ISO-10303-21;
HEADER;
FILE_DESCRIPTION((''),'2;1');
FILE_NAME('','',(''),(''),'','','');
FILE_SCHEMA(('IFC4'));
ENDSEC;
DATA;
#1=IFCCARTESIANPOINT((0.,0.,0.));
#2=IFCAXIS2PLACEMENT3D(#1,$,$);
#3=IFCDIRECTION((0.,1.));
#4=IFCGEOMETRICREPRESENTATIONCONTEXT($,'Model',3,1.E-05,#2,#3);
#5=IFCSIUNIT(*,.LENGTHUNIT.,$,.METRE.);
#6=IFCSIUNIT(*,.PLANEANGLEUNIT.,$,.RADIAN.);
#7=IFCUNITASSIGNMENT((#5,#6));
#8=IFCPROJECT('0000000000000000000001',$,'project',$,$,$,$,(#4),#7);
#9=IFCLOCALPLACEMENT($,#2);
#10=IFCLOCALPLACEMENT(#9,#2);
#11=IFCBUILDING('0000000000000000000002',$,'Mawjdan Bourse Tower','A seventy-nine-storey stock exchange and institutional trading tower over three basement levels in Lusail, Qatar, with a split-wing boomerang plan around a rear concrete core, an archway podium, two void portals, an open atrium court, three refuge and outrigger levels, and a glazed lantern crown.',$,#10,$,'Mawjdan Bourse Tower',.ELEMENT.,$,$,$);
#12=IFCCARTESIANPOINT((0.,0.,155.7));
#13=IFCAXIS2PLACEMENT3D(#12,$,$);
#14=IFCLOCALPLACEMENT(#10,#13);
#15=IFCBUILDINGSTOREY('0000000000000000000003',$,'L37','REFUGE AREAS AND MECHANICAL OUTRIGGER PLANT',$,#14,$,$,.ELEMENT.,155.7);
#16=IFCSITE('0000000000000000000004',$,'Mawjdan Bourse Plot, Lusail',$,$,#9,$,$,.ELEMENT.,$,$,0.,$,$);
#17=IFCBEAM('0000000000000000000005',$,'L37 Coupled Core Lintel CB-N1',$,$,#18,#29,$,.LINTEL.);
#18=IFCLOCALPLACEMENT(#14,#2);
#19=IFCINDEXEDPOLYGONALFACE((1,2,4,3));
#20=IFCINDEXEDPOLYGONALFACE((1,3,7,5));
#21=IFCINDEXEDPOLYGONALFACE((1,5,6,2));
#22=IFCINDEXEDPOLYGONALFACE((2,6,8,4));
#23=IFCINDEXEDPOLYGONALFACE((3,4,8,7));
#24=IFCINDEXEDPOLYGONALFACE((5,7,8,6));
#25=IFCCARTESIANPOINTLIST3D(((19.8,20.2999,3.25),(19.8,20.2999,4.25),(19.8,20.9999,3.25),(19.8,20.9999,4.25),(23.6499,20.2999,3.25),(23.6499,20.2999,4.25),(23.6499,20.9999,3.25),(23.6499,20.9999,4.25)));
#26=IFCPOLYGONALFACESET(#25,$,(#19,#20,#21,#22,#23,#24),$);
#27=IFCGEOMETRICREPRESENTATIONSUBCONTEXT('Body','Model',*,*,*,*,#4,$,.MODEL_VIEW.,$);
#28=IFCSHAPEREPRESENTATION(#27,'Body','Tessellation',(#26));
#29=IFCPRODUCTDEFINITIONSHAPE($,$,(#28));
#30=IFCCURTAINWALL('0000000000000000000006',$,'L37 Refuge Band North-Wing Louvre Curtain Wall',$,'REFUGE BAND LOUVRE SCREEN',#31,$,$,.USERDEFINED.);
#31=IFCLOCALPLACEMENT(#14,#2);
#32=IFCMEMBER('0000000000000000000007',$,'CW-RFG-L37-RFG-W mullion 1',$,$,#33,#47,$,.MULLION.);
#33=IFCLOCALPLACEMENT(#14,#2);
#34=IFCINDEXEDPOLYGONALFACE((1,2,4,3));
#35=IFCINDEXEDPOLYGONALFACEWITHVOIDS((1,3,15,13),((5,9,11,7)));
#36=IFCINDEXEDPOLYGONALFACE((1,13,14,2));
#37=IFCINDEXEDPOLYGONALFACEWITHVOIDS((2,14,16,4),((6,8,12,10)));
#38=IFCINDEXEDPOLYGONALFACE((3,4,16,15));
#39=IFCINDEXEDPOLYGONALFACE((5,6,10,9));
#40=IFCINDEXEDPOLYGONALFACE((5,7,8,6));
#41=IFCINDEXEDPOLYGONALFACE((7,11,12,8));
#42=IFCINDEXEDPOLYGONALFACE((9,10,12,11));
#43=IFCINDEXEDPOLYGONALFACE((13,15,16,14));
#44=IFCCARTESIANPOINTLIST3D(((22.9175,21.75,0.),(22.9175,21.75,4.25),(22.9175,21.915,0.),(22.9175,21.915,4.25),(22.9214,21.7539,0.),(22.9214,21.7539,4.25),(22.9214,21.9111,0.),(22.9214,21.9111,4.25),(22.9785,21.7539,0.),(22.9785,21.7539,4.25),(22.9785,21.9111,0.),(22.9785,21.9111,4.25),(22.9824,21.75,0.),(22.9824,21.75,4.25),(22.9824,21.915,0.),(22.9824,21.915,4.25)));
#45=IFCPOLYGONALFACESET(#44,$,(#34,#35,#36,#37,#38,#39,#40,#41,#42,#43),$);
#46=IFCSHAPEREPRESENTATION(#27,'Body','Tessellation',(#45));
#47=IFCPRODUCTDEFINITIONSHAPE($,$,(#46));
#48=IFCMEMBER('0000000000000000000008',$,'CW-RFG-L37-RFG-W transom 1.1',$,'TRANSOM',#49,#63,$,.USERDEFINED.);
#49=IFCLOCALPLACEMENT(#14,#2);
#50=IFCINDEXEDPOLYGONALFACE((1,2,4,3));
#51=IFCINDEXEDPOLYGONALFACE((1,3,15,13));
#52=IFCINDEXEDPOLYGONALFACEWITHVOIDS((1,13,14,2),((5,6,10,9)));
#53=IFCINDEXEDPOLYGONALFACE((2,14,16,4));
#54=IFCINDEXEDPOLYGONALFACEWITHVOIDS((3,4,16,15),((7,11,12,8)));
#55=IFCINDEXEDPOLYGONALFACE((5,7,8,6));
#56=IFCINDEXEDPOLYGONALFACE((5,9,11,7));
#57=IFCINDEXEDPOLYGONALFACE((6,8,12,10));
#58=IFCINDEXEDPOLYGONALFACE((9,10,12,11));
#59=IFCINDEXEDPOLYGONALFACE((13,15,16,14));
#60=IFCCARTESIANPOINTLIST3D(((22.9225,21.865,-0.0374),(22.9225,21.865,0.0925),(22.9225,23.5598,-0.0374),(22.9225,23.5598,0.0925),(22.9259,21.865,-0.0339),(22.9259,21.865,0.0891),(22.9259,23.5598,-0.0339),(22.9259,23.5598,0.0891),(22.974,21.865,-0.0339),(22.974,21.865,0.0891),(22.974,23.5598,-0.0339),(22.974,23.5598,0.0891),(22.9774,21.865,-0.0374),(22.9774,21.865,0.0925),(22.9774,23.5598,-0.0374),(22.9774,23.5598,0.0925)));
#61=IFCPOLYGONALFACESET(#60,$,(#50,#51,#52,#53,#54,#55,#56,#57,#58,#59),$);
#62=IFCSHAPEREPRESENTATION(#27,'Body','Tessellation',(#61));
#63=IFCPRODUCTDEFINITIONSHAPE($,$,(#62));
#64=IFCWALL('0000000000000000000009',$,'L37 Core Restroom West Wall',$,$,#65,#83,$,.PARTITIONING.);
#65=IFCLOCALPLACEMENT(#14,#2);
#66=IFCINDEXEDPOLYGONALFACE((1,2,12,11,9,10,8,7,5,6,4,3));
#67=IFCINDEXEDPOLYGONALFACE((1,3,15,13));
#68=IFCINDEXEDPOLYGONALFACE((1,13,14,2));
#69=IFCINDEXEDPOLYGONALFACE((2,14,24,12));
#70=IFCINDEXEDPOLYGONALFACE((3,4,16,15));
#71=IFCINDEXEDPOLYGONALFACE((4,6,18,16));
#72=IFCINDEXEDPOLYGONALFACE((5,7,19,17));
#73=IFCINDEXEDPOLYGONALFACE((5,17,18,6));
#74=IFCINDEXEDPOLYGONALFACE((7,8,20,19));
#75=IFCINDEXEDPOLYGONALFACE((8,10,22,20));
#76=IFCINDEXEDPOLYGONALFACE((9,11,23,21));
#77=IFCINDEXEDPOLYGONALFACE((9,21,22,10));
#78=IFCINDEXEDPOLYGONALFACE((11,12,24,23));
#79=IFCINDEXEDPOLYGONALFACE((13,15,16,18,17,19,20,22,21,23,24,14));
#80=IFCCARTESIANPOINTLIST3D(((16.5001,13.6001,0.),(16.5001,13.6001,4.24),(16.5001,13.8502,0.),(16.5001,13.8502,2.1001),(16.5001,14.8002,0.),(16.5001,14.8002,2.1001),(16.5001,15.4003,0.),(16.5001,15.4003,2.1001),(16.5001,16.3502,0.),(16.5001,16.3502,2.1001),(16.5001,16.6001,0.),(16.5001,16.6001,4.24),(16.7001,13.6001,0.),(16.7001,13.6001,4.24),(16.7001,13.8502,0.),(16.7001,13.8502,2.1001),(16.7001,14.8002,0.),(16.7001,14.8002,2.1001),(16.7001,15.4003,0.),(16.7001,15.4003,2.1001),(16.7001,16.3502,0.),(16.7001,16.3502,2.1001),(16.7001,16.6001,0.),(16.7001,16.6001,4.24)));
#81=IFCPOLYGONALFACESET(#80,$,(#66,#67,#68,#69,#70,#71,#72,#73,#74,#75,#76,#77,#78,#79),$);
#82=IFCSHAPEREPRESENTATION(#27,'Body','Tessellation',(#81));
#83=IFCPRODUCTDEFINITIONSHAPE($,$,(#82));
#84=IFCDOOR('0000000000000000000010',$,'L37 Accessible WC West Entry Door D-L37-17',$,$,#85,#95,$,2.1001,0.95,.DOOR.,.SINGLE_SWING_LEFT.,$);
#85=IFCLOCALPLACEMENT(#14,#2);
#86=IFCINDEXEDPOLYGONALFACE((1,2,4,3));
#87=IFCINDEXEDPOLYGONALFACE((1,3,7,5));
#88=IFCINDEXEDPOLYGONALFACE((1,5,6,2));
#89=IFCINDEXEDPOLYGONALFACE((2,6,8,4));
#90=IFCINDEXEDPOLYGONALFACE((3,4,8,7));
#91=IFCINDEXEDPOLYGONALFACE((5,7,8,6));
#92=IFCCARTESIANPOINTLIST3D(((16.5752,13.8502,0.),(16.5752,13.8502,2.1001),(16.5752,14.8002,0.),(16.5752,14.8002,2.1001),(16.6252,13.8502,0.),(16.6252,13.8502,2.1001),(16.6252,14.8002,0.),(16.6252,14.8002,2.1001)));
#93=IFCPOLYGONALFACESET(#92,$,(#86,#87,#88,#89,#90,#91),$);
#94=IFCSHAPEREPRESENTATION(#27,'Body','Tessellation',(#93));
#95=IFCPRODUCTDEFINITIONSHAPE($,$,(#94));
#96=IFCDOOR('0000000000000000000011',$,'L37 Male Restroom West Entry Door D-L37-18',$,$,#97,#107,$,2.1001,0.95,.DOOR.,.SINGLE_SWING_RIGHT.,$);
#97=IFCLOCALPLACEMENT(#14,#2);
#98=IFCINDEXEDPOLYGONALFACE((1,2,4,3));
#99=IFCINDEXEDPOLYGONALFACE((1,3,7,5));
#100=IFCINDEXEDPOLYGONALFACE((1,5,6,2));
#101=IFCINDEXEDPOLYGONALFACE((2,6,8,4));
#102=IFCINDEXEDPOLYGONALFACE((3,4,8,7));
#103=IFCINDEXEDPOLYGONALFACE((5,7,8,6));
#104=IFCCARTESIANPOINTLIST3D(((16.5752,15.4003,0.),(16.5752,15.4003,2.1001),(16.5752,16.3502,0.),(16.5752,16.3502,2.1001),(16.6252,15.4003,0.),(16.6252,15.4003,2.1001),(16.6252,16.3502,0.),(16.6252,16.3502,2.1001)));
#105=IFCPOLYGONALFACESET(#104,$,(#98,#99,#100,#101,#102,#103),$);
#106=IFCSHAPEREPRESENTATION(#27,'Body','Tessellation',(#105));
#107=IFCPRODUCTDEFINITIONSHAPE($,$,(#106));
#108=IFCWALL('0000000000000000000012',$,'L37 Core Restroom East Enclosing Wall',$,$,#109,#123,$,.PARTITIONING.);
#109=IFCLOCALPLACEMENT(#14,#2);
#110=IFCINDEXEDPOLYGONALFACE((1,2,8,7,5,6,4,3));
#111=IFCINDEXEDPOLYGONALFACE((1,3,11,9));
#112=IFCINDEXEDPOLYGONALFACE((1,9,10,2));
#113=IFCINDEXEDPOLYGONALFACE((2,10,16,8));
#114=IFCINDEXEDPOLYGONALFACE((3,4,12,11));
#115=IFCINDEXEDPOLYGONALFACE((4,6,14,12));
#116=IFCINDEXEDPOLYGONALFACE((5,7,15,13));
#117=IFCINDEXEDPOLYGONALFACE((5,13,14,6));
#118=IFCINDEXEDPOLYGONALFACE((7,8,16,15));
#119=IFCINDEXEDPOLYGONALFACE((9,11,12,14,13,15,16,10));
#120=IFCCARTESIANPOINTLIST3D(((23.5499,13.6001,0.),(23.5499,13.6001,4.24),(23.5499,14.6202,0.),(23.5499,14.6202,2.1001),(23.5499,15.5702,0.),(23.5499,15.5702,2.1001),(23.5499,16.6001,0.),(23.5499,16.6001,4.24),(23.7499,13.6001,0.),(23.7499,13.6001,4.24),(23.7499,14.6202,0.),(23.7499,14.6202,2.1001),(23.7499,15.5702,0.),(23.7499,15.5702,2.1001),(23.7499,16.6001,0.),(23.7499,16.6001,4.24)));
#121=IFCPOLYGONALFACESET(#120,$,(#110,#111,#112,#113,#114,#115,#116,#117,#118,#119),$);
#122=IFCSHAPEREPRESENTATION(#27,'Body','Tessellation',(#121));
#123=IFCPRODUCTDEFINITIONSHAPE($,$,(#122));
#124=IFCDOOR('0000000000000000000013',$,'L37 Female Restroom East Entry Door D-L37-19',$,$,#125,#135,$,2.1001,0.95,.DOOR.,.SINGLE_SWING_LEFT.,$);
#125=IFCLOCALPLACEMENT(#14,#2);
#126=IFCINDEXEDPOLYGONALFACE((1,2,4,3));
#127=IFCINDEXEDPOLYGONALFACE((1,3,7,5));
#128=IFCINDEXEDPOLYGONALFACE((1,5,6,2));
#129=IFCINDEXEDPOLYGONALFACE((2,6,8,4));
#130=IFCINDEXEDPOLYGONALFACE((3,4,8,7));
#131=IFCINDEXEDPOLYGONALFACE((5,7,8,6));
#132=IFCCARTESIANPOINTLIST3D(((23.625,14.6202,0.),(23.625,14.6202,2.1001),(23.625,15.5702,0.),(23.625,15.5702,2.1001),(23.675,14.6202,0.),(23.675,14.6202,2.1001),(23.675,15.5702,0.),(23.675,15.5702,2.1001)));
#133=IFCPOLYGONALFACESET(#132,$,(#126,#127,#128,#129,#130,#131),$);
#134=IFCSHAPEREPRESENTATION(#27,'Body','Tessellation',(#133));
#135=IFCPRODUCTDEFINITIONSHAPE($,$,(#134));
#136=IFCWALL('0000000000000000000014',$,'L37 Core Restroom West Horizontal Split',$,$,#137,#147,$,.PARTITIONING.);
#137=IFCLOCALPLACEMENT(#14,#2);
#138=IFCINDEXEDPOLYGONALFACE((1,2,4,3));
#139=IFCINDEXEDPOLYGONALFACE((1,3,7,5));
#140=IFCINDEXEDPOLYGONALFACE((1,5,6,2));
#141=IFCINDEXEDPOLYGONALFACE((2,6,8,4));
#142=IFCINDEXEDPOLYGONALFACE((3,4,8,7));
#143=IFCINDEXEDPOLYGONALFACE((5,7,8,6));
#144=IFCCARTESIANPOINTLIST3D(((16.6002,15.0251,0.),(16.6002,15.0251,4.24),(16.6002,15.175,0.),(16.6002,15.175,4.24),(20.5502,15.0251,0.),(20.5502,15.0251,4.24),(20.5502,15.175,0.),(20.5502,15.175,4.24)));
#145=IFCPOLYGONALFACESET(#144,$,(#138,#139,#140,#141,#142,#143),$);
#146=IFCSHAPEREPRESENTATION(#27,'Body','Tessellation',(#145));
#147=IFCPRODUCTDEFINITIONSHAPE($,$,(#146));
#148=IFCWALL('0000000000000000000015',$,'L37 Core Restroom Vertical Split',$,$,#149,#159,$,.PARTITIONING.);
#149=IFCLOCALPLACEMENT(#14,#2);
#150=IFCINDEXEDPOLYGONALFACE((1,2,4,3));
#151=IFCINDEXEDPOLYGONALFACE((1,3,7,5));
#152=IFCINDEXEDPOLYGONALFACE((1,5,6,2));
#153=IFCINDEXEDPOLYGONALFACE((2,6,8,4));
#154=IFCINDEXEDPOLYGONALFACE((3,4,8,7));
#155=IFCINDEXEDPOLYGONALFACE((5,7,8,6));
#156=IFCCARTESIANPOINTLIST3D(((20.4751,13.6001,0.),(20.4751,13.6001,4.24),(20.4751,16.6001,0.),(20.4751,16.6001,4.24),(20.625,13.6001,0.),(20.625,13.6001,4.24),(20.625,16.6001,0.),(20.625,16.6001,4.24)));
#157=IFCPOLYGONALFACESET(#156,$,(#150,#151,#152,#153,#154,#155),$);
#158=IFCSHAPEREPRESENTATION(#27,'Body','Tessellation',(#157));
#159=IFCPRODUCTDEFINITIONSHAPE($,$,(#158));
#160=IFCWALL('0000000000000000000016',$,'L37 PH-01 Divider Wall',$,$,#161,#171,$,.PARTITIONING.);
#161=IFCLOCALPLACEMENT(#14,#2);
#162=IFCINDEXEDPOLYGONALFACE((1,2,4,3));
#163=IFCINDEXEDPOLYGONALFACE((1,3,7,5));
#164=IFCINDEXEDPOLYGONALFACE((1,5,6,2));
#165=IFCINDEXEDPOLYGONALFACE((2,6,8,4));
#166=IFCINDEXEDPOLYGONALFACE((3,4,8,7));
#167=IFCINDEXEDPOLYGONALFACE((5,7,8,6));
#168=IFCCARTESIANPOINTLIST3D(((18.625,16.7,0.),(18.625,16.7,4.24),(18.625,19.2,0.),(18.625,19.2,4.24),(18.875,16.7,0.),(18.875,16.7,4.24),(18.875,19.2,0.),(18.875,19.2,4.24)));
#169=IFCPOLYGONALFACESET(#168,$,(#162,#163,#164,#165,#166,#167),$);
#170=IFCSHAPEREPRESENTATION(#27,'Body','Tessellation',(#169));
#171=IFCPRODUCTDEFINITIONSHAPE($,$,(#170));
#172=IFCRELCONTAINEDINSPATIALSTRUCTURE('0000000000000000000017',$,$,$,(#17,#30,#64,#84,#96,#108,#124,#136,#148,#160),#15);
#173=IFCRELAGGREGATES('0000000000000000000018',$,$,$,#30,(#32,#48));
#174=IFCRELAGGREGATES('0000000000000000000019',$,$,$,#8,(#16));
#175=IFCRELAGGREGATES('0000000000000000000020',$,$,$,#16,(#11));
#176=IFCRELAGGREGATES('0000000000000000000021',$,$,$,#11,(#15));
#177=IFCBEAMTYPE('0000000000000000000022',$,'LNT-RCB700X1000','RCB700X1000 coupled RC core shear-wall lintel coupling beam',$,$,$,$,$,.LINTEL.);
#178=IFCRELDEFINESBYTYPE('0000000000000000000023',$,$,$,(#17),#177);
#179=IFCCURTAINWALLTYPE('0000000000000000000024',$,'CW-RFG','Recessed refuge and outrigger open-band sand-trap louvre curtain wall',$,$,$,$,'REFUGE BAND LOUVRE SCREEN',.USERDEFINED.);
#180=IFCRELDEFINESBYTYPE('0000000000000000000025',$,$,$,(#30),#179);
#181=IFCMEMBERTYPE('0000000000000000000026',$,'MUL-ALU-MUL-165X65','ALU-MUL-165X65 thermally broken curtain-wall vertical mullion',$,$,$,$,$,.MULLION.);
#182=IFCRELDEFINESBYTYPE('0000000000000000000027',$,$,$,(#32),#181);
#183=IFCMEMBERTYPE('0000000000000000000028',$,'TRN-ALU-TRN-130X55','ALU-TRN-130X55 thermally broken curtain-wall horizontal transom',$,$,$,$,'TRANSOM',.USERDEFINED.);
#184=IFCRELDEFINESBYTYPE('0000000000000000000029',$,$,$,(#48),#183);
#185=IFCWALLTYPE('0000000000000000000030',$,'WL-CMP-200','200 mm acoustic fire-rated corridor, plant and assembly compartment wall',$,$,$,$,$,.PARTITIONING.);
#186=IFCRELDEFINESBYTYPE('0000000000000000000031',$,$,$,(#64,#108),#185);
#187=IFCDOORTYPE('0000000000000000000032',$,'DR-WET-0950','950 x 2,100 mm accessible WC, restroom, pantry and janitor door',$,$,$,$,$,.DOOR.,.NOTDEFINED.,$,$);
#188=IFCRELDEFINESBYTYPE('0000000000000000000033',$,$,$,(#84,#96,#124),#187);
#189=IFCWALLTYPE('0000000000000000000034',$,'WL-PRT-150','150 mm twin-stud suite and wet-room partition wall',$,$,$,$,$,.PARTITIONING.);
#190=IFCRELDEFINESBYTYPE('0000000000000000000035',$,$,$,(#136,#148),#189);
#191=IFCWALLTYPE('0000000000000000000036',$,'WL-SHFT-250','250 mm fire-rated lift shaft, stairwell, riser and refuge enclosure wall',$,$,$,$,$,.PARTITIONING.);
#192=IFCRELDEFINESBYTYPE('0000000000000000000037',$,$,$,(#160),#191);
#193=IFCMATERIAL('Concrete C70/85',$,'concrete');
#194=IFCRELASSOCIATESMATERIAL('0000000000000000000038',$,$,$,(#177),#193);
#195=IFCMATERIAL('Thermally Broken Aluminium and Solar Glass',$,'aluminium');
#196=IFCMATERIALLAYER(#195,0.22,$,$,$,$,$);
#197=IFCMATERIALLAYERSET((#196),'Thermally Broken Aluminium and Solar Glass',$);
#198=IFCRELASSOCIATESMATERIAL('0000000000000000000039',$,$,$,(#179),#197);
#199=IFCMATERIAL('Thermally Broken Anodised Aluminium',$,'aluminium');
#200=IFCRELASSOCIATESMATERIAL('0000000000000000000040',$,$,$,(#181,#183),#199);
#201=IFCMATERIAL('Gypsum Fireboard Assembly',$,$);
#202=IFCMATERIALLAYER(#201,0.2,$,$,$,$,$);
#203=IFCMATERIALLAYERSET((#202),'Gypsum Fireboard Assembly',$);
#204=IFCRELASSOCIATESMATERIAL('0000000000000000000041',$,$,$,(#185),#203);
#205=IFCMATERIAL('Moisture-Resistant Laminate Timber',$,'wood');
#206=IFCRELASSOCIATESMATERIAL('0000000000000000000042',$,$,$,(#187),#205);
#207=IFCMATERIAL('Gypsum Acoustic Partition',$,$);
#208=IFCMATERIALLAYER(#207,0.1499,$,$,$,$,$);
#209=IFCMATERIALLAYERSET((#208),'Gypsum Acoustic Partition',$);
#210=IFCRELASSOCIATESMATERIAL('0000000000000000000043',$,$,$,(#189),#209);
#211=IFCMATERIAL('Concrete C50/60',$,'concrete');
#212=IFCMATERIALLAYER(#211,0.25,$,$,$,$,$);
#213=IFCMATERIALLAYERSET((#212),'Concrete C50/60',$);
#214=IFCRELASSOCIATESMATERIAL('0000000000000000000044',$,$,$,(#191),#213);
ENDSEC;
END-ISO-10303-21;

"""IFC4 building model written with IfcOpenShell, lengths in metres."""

from ifc_helpers import new_model, si_unit, direction, frame, frame_2d, origin, origin_2d, place, context, subcontext, project, spatial, rectangle, hollow_rectangle, extrude, material, layer, layer_set, material_profile, profile_set, type_object, element, fill, aggregate, save


model = new_model("IFC4")

# Units and contexts
model_context = context("Model", 3, precision=1e-05, world=origin(), true_north=direction((0.0, 1.0)))
body_context = subcontext(model_context, "Body", "Model", "MODEL_VIEW")
ifc_project = project(units=[si_unit("LENGTHUNIT", "METRE"), si_unit("PLANEANGLEUNIT", "RADIAN")], contexts=[model_context])

# Site, building, storey
site_placement = place(None, origin())
site = spatial("IfcSite", under=ifc_project, at=site_placement, Name="Mawjdan Bourse Plot, Lusail", CompositionType="ELEMENT", RefElevation=0.0)
building_placement = place(site_placement, origin())
building = spatial("IfcBuilding", under=site, at=building_placement, Name="Mawjdan Bourse Tower", Description="A seventy-nine-storey stock exchange and institutional trading tower over three basement levels in Lusail, Qatar, with a split-wing boomerang plan around a rear concrete core, an archway podium, two void portals, an open atrium court, three refuge and outrigger levels, and a glazed lantern crown.", LongName="Mawjdan Bourse Tower", CompositionType="ELEMENT")
storey_placement = place(building_placement, frame((0.0, 0.0, 155.7)))
storey = spatial("IfcBuildingStorey", under=building, at=storey_placement, Name="L37", Description="REFUGE AREAS AND MECHANICAL OUTRIGGER PLANT", CompositionType="ELEMENT", Elevation=155.7)

# Beam
ifc_material_1 = material(Name="Concrete C70/85", Category="concrete")
ifc_material_profile_1 = material_profile(ifc_material_1, rectangle(XDim=0.7, YDim=1.0, at=origin_2d()), Name="RCB700X1000")
ifc_profile_set_1 = profile_set([ifc_material_profile_1], Name="Concrete C70/85")
beam_type_1 = type_object("IfcBeamType", Name="LNT-RCB700X1000", Description="RCB700X1000 coupled RC core shear-wall lintel coupling beam", PredefinedType="LINTEL", material=ifc_profile_set_1)
beam_1_placement = place(storey_placement, frame((19.8, 20.6499, 3.75), z_axis=(1.0, 0.0, 0.0), x_axis=(0.0, 1.0, 0.0)))
element("IfcBeam", 1, at=beam_1_placement, inside=storey, type_object=beam_type_1, Name="L37 Coupled Core Lintel CB-N1", PredefinedType="LINTEL", context=body_context, shape_type="SweptSolid", body=[
    extrude(rectangle(XDim=0.7, YDim=1.0, at=origin_2d()), origin(), (0.0, 0.0, 1.0), 3.8499),
])

# Curtain wall, members
ifc_material_2 = material(Name="Thermally Broken Aluminium and Solar Glass", Category="aluminium")
ifc_layer_1 = layer(ifc_material_2, 0.22)
ifc_layer_set_1 = layer_set([ifc_layer_1], Name="Thermally Broken Aluminium and Solar Glass")
curtain_wall_type = type_object("IfcCurtainWallType", Name="CW-RFG", Description="Recessed refuge and outrigger open-band sand-trap louvre curtain wall", ElementType="REFUGE BAND LOUVRE SCREEN", PredefinedType="USERDEFINED", material=ifc_layer_set_1)
curtain_wall_placement = place(storey_placement, origin())
curtain_wall = element("IfcCurtainWall", 2, at=curtain_wall_placement, inside=storey, type_object=curtain_wall_type, Name="L37 Refuge Band North-Wing Louvre Curtain Wall", ObjectType="REFUGE BAND LOUVRE SCREEN", PredefinedType="USERDEFINED")
ifc_material_3 = material(Name="Thermally Broken Anodised Aluminium", Category="aluminium")
ifc_material_profile_2 = material_profile(ifc_material_3, hollow_rectangle(XDim=0.0649, YDim=0.165, WallThickness=0.0039, at=origin_2d()), Name="ALU-MUL-165X65")
ifc_profile_set_2 = profile_set([ifc_material_profile_2], Name="Thermally Broken Anodised Aluminium")
member_type_1 = type_object("IfcMemberType", Name="MUL-ALU-MUL-165X65", Description="ALU-MUL-165X65 thermally broken curtain-wall vertical mullion", PredefinedType="MULLION", material=ifc_profile_set_2)
member_1_placement = place(storey_placement, frame((22.95, 21.8325, 0.0), z_axis=(0.0, 0.0, 1.0), x_axis=(-1.0, 0.0, 0.0)))
member_1 = element("IfcMember", 3, at=member_1_placement, type_object=member_type_1, Name="CW-RFG-L37-RFG-W mullion 1", PredefinedType="MULLION", context=body_context, shape_type="SweptSolid", body=[
    extrude(hollow_rectangle(XDim=0.0649, YDim=0.165, WallThickness=0.0039, at=origin_2d()), origin(), (0.0, 0.0, 1.0), 4.25),
])
ifc_material_profile_3 = material_profile(ifc_material_3, hollow_rectangle(XDim=0.0549, YDim=0.1299, WallThickness=0.0034, at=origin_2d()), Name="ALU-TRN-130X55")
ifc_profile_set_3 = profile_set([ifc_material_profile_3], Name="Thermally Broken Anodised Aluminium")
member_type_2 = type_object("IfcMemberType", Name="TRN-ALU-TRN-130X55", Description="ALU-TRN-130X55 thermally broken curtain-wall horizontal transom", ElementType="TRANSOM", PredefinedType="USERDEFINED", material=ifc_profile_set_3)
member_2_placement = place(storey_placement, frame((22.95, 21.865, 0.0276), z_axis=(0.0, 1.0, 0.0), x_axis=(-1.0, 0.0, 0.0)))
member_2 = element("IfcMember", 4, at=member_2_placement, type_object=member_type_2, Name="CW-RFG-L37-RFG-W transom 1.1", ObjectType="TRANSOM", PredefinedType="USERDEFINED", context=body_context, shape_type="SweptSolid", body=[
    extrude(hollow_rectangle(XDim=0.0549, YDim=0.1299, WallThickness=0.0034, at=origin_2d()), origin(), (0.0, 0.0, 1.0), 1.6948),
])
aggregate(curtain_wall, [member_1, member_2])

# Wall, openings, doors
ifc_material_4 = material(Name="Gypsum Fireboard Assembly")
ifc_layer_2 = layer(ifc_material_4, 0.2)
ifc_layer_set_2 = layer_set([ifc_layer_2], Name="Gypsum Fireboard Assembly")
wall_type_1 = type_object("IfcWallType", Name="WL-CMP-200", Description="200 mm acoustic fire-rated corridor, plant and assembly compartment wall", PredefinedType="PARTITIONING", material=ifc_layer_set_2)
wall_1_placement = place(storey_placement, frame((16.6001, 13.6001, 0.0), z_axis=(0.0, 0.0, 1.0), x_axis=(0.0, 1.0, 0.0)))
wall_1 = element("IfcWall", 5, at=wall_1_placement, inside=storey, type_object=wall_type_1, Name="L37 Core Restroom West Wall", PredefinedType="PARTITIONING", context=body_context, shape_type="SweptSolid", body=[
    extrude(rectangle(XDim=3.0, YDim=0.2, at=frame_2d((1.5, 0.0))), origin(), (0.0, 0.0, 1.0), 4.24),
])
opening_1_placement = place(wall_1_placement, frame((0.25, 0.0, 0.0)))
opening_1 = element("IfcOpeningElement", 6, at=opening_1_placement, cuts=wall_1, PredefinedType="OPENING", context=body_context, shape_type="SweptSolid", body=[
    extrude(rectangle(XDim=0.95, YDim=2.1001, at=frame_2d((0.4751, 1.05))), frame((0.0, 0.1099, 0.0), z_axis=(0.0, -1.0, 0.0), x_axis=(1.0, 0.0, 0.0)), (0.0, 0.0, 1.0), 0.22),
])
opening_2_placement = place(wall_1_placement, frame((1.8, 0.0, 0.0)))
opening_2 = element("IfcOpeningElement", 7, at=opening_2_placement, cuts=wall_1, PredefinedType="OPENING", context=body_context, shape_type="SweptSolid", body=[
    extrude(rectangle(XDim=0.95, YDim=2.1001, at=frame_2d((0.4751, 1.05))), frame((0.0, 0.1099, 0.0), z_axis=(0.0, -1.0, 0.0), x_axis=(1.0, 0.0, 0.0)), (0.0, 0.0, 1.0), 0.22),
])
ifc_material_5 = material(Name="Moisture-Resistant Laminate Timber", Category="wood")
door_type = type_object("IfcDoorType", Name="DR-WET-0950", Description="950 x 2,100 mm accessible WC, restroom, pantry and janitor door", OperationType="NOTDEFINED", PredefinedType="DOOR", material=ifc_material_5)
door_1_placement = place(opening_1_placement, origin())
door_1 = element("IfcDoor", 8, at=door_1_placement, inside=storey, type_object=door_type, Name="L37 Accessible WC West Entry Door D-L37-17", OperationType="SINGLE_SWING_LEFT", OverallHeight=2.1001, OverallWidth=0.95, PredefinedType="DOOR", context=body_context, shape_type="SweptSolid", body=[
    extrude(rectangle(XDim=0.95, YDim=2.1001, at=frame_2d((0.4751, 1.05))), frame((0.0, 0.0249, 0.0), z_axis=(0.0, -1.0, 0.0), x_axis=(1.0, 0.0, 0.0)), (0.0, 0.0, 1.0), 0.05),
])
fill(opening_1, door_1)
door_2_placement = place(opening_2_placement, origin())
door_2 = element("IfcDoor", 9, at=door_2_placement, inside=storey, type_object=door_type, Name="L37 Male Restroom West Entry Door D-L37-18", OperationType="SINGLE_SWING_RIGHT", OverallHeight=2.1001, OverallWidth=0.95, PredefinedType="DOOR", context=body_context, shape_type="SweptSolid", body=[
    extrude(rectangle(XDim=0.95, YDim=2.1001, at=frame_2d((0.4751, 1.05))), frame((0.0, 0.0249, 0.0), z_axis=(0.0, -1.0, 0.0), x_axis=(1.0, 0.0, 0.0)), (0.0, 0.0, 1.0), 0.05),
])
fill(opening_2, door_2)

# Wall, opening, door
wall_2_placement = place(storey_placement, frame((23.6499, 13.6001, 0.0), z_axis=(0.0, 0.0, 1.0), x_axis=(0.0, 1.0, 0.0)))
wall_2 = element("IfcWall", 10, at=wall_2_placement, inside=storey, type_object=wall_type_1, Name="L37 Core Restroom East Enclosing Wall", PredefinedType="PARTITIONING", context=body_context, shape_type="SweptSolid", body=[
    extrude(rectangle(XDim=3.0, YDim=0.2, at=frame_2d((1.5, 0.0))), origin(), (0.0, 0.0, 1.0), 4.24),
])
opening_3_placement = place(wall_2_placement, frame((1.02, 0.0, 0.0)))
opening_3 = element("IfcOpeningElement", 11, at=opening_3_placement, cuts=wall_2, PredefinedType="OPENING", context=body_context, shape_type="SweptSolid", body=[
    extrude(rectangle(XDim=0.95, YDim=2.1001, at=frame_2d((0.4751, 1.05))), frame((0.0, 0.1099, 0.0), z_axis=(0.0, -1.0, 0.0), x_axis=(1.0, 0.0, 0.0)), (0.0, 0.0, 1.0), 0.22),
])
door_3_placement = place(opening_3_placement, origin())
door_3 = element("IfcDoor", 12, at=door_3_placement, inside=storey, type_object=door_type, Name="L37 Female Restroom East Entry Door D-L37-19", OperationType="SINGLE_SWING_LEFT", OverallHeight=2.1001, OverallWidth=0.95, PredefinedType="DOOR", context=body_context, shape_type="SweptSolid", body=[
    extrude(rectangle(XDim=0.95, YDim=2.1001, at=frame_2d((0.4751, 1.05))), frame((0.0, 0.0249, 0.0), z_axis=(0.0, -1.0, 0.0), x_axis=(1.0, 0.0, 0.0)), (0.0, 0.0, 1.0), 0.05),
])
fill(opening_3, door_3)

# Walls
ifc_material_6 = material(Name="Gypsum Acoustic Partition")
ifc_layer_3 = layer(ifc_material_6, 0.1499)
ifc_layer_set_3 = layer_set([ifc_layer_3], Name="Gypsum Acoustic Partition")
wall_type_2 = type_object("IfcWallType", Name="WL-PRT-150", Description="150 mm twin-stud suite and wet-room partition wall", PredefinedType="PARTITIONING", material=ifc_layer_set_3)
wall_3_placement = place(storey_placement, frame((16.6001, 15.1001, 0.0), z_axis=(0.0, 0.0, 1.0), x_axis=(1.0, 0.0, 0.0)))
element("IfcWall", 13, at=wall_3_placement, inside=storey, type_object=wall_type_2, Name="L37 Core Restroom West Horizontal Split", PredefinedType="PARTITIONING", context=body_context, shape_type="SweptSolid", body=[
    extrude(rectangle(XDim=3.95, YDim=0.1499, at=frame_2d((1.9751, 0.0))), origin(), (0.0, 0.0, 1.0), 4.24),
])
wall_4_placement = place(storey_placement, frame((20.55, 13.6001, 0.0), z_axis=(0.0, 0.0, 1.0), x_axis=(0.0, 1.0, 0.0)))
element("IfcWall", 14, at=wall_4_placement, inside=storey, type_object=wall_type_2, Name="L37 Core Restroom Vertical Split", PredefinedType="PARTITIONING", context=body_context, shape_type="SweptSolid", body=[
    extrude(rectangle(XDim=3.0, YDim=0.1499, at=frame_2d((1.5, 0.0))), origin(), (0.0, 0.0, 1.0), 4.24),
])
ifc_material_7 = material(Name="Concrete C50/60", Category="concrete")
ifc_layer_4 = layer(ifc_material_7, 0.25)
ifc_layer_set_4 = layer_set([ifc_layer_4], Name="Concrete C50/60")
wall_type_3 = type_object("IfcWallType", Name="WL-SHFT-250", Description="250 mm fire-rated lift shaft, stairwell, riser and refuge enclosure wall", PredefinedType="PARTITIONING", material=ifc_layer_set_4)
wall_5_placement = place(storey_placement, frame((18.75, 16.7, 0.0), z_axis=(0.0, 0.0, 1.0), x_axis=(0.0, 1.0, 0.0)))
element("IfcWall", 15, at=wall_5_placement, inside=storey, type_object=wall_type_3, Name="L37 PH-01 Divider Wall", PredefinedType="PARTITIONING", context=body_context, shape_type="SweptSolid", body=[
    extrude(rectangle(XDim=2.5, YDim=0.25, at=frame_2d((1.25, 0.0))), origin(), (0.0, 0.0, 1.0), 4.24),
])

save(model, "model.ifc")
